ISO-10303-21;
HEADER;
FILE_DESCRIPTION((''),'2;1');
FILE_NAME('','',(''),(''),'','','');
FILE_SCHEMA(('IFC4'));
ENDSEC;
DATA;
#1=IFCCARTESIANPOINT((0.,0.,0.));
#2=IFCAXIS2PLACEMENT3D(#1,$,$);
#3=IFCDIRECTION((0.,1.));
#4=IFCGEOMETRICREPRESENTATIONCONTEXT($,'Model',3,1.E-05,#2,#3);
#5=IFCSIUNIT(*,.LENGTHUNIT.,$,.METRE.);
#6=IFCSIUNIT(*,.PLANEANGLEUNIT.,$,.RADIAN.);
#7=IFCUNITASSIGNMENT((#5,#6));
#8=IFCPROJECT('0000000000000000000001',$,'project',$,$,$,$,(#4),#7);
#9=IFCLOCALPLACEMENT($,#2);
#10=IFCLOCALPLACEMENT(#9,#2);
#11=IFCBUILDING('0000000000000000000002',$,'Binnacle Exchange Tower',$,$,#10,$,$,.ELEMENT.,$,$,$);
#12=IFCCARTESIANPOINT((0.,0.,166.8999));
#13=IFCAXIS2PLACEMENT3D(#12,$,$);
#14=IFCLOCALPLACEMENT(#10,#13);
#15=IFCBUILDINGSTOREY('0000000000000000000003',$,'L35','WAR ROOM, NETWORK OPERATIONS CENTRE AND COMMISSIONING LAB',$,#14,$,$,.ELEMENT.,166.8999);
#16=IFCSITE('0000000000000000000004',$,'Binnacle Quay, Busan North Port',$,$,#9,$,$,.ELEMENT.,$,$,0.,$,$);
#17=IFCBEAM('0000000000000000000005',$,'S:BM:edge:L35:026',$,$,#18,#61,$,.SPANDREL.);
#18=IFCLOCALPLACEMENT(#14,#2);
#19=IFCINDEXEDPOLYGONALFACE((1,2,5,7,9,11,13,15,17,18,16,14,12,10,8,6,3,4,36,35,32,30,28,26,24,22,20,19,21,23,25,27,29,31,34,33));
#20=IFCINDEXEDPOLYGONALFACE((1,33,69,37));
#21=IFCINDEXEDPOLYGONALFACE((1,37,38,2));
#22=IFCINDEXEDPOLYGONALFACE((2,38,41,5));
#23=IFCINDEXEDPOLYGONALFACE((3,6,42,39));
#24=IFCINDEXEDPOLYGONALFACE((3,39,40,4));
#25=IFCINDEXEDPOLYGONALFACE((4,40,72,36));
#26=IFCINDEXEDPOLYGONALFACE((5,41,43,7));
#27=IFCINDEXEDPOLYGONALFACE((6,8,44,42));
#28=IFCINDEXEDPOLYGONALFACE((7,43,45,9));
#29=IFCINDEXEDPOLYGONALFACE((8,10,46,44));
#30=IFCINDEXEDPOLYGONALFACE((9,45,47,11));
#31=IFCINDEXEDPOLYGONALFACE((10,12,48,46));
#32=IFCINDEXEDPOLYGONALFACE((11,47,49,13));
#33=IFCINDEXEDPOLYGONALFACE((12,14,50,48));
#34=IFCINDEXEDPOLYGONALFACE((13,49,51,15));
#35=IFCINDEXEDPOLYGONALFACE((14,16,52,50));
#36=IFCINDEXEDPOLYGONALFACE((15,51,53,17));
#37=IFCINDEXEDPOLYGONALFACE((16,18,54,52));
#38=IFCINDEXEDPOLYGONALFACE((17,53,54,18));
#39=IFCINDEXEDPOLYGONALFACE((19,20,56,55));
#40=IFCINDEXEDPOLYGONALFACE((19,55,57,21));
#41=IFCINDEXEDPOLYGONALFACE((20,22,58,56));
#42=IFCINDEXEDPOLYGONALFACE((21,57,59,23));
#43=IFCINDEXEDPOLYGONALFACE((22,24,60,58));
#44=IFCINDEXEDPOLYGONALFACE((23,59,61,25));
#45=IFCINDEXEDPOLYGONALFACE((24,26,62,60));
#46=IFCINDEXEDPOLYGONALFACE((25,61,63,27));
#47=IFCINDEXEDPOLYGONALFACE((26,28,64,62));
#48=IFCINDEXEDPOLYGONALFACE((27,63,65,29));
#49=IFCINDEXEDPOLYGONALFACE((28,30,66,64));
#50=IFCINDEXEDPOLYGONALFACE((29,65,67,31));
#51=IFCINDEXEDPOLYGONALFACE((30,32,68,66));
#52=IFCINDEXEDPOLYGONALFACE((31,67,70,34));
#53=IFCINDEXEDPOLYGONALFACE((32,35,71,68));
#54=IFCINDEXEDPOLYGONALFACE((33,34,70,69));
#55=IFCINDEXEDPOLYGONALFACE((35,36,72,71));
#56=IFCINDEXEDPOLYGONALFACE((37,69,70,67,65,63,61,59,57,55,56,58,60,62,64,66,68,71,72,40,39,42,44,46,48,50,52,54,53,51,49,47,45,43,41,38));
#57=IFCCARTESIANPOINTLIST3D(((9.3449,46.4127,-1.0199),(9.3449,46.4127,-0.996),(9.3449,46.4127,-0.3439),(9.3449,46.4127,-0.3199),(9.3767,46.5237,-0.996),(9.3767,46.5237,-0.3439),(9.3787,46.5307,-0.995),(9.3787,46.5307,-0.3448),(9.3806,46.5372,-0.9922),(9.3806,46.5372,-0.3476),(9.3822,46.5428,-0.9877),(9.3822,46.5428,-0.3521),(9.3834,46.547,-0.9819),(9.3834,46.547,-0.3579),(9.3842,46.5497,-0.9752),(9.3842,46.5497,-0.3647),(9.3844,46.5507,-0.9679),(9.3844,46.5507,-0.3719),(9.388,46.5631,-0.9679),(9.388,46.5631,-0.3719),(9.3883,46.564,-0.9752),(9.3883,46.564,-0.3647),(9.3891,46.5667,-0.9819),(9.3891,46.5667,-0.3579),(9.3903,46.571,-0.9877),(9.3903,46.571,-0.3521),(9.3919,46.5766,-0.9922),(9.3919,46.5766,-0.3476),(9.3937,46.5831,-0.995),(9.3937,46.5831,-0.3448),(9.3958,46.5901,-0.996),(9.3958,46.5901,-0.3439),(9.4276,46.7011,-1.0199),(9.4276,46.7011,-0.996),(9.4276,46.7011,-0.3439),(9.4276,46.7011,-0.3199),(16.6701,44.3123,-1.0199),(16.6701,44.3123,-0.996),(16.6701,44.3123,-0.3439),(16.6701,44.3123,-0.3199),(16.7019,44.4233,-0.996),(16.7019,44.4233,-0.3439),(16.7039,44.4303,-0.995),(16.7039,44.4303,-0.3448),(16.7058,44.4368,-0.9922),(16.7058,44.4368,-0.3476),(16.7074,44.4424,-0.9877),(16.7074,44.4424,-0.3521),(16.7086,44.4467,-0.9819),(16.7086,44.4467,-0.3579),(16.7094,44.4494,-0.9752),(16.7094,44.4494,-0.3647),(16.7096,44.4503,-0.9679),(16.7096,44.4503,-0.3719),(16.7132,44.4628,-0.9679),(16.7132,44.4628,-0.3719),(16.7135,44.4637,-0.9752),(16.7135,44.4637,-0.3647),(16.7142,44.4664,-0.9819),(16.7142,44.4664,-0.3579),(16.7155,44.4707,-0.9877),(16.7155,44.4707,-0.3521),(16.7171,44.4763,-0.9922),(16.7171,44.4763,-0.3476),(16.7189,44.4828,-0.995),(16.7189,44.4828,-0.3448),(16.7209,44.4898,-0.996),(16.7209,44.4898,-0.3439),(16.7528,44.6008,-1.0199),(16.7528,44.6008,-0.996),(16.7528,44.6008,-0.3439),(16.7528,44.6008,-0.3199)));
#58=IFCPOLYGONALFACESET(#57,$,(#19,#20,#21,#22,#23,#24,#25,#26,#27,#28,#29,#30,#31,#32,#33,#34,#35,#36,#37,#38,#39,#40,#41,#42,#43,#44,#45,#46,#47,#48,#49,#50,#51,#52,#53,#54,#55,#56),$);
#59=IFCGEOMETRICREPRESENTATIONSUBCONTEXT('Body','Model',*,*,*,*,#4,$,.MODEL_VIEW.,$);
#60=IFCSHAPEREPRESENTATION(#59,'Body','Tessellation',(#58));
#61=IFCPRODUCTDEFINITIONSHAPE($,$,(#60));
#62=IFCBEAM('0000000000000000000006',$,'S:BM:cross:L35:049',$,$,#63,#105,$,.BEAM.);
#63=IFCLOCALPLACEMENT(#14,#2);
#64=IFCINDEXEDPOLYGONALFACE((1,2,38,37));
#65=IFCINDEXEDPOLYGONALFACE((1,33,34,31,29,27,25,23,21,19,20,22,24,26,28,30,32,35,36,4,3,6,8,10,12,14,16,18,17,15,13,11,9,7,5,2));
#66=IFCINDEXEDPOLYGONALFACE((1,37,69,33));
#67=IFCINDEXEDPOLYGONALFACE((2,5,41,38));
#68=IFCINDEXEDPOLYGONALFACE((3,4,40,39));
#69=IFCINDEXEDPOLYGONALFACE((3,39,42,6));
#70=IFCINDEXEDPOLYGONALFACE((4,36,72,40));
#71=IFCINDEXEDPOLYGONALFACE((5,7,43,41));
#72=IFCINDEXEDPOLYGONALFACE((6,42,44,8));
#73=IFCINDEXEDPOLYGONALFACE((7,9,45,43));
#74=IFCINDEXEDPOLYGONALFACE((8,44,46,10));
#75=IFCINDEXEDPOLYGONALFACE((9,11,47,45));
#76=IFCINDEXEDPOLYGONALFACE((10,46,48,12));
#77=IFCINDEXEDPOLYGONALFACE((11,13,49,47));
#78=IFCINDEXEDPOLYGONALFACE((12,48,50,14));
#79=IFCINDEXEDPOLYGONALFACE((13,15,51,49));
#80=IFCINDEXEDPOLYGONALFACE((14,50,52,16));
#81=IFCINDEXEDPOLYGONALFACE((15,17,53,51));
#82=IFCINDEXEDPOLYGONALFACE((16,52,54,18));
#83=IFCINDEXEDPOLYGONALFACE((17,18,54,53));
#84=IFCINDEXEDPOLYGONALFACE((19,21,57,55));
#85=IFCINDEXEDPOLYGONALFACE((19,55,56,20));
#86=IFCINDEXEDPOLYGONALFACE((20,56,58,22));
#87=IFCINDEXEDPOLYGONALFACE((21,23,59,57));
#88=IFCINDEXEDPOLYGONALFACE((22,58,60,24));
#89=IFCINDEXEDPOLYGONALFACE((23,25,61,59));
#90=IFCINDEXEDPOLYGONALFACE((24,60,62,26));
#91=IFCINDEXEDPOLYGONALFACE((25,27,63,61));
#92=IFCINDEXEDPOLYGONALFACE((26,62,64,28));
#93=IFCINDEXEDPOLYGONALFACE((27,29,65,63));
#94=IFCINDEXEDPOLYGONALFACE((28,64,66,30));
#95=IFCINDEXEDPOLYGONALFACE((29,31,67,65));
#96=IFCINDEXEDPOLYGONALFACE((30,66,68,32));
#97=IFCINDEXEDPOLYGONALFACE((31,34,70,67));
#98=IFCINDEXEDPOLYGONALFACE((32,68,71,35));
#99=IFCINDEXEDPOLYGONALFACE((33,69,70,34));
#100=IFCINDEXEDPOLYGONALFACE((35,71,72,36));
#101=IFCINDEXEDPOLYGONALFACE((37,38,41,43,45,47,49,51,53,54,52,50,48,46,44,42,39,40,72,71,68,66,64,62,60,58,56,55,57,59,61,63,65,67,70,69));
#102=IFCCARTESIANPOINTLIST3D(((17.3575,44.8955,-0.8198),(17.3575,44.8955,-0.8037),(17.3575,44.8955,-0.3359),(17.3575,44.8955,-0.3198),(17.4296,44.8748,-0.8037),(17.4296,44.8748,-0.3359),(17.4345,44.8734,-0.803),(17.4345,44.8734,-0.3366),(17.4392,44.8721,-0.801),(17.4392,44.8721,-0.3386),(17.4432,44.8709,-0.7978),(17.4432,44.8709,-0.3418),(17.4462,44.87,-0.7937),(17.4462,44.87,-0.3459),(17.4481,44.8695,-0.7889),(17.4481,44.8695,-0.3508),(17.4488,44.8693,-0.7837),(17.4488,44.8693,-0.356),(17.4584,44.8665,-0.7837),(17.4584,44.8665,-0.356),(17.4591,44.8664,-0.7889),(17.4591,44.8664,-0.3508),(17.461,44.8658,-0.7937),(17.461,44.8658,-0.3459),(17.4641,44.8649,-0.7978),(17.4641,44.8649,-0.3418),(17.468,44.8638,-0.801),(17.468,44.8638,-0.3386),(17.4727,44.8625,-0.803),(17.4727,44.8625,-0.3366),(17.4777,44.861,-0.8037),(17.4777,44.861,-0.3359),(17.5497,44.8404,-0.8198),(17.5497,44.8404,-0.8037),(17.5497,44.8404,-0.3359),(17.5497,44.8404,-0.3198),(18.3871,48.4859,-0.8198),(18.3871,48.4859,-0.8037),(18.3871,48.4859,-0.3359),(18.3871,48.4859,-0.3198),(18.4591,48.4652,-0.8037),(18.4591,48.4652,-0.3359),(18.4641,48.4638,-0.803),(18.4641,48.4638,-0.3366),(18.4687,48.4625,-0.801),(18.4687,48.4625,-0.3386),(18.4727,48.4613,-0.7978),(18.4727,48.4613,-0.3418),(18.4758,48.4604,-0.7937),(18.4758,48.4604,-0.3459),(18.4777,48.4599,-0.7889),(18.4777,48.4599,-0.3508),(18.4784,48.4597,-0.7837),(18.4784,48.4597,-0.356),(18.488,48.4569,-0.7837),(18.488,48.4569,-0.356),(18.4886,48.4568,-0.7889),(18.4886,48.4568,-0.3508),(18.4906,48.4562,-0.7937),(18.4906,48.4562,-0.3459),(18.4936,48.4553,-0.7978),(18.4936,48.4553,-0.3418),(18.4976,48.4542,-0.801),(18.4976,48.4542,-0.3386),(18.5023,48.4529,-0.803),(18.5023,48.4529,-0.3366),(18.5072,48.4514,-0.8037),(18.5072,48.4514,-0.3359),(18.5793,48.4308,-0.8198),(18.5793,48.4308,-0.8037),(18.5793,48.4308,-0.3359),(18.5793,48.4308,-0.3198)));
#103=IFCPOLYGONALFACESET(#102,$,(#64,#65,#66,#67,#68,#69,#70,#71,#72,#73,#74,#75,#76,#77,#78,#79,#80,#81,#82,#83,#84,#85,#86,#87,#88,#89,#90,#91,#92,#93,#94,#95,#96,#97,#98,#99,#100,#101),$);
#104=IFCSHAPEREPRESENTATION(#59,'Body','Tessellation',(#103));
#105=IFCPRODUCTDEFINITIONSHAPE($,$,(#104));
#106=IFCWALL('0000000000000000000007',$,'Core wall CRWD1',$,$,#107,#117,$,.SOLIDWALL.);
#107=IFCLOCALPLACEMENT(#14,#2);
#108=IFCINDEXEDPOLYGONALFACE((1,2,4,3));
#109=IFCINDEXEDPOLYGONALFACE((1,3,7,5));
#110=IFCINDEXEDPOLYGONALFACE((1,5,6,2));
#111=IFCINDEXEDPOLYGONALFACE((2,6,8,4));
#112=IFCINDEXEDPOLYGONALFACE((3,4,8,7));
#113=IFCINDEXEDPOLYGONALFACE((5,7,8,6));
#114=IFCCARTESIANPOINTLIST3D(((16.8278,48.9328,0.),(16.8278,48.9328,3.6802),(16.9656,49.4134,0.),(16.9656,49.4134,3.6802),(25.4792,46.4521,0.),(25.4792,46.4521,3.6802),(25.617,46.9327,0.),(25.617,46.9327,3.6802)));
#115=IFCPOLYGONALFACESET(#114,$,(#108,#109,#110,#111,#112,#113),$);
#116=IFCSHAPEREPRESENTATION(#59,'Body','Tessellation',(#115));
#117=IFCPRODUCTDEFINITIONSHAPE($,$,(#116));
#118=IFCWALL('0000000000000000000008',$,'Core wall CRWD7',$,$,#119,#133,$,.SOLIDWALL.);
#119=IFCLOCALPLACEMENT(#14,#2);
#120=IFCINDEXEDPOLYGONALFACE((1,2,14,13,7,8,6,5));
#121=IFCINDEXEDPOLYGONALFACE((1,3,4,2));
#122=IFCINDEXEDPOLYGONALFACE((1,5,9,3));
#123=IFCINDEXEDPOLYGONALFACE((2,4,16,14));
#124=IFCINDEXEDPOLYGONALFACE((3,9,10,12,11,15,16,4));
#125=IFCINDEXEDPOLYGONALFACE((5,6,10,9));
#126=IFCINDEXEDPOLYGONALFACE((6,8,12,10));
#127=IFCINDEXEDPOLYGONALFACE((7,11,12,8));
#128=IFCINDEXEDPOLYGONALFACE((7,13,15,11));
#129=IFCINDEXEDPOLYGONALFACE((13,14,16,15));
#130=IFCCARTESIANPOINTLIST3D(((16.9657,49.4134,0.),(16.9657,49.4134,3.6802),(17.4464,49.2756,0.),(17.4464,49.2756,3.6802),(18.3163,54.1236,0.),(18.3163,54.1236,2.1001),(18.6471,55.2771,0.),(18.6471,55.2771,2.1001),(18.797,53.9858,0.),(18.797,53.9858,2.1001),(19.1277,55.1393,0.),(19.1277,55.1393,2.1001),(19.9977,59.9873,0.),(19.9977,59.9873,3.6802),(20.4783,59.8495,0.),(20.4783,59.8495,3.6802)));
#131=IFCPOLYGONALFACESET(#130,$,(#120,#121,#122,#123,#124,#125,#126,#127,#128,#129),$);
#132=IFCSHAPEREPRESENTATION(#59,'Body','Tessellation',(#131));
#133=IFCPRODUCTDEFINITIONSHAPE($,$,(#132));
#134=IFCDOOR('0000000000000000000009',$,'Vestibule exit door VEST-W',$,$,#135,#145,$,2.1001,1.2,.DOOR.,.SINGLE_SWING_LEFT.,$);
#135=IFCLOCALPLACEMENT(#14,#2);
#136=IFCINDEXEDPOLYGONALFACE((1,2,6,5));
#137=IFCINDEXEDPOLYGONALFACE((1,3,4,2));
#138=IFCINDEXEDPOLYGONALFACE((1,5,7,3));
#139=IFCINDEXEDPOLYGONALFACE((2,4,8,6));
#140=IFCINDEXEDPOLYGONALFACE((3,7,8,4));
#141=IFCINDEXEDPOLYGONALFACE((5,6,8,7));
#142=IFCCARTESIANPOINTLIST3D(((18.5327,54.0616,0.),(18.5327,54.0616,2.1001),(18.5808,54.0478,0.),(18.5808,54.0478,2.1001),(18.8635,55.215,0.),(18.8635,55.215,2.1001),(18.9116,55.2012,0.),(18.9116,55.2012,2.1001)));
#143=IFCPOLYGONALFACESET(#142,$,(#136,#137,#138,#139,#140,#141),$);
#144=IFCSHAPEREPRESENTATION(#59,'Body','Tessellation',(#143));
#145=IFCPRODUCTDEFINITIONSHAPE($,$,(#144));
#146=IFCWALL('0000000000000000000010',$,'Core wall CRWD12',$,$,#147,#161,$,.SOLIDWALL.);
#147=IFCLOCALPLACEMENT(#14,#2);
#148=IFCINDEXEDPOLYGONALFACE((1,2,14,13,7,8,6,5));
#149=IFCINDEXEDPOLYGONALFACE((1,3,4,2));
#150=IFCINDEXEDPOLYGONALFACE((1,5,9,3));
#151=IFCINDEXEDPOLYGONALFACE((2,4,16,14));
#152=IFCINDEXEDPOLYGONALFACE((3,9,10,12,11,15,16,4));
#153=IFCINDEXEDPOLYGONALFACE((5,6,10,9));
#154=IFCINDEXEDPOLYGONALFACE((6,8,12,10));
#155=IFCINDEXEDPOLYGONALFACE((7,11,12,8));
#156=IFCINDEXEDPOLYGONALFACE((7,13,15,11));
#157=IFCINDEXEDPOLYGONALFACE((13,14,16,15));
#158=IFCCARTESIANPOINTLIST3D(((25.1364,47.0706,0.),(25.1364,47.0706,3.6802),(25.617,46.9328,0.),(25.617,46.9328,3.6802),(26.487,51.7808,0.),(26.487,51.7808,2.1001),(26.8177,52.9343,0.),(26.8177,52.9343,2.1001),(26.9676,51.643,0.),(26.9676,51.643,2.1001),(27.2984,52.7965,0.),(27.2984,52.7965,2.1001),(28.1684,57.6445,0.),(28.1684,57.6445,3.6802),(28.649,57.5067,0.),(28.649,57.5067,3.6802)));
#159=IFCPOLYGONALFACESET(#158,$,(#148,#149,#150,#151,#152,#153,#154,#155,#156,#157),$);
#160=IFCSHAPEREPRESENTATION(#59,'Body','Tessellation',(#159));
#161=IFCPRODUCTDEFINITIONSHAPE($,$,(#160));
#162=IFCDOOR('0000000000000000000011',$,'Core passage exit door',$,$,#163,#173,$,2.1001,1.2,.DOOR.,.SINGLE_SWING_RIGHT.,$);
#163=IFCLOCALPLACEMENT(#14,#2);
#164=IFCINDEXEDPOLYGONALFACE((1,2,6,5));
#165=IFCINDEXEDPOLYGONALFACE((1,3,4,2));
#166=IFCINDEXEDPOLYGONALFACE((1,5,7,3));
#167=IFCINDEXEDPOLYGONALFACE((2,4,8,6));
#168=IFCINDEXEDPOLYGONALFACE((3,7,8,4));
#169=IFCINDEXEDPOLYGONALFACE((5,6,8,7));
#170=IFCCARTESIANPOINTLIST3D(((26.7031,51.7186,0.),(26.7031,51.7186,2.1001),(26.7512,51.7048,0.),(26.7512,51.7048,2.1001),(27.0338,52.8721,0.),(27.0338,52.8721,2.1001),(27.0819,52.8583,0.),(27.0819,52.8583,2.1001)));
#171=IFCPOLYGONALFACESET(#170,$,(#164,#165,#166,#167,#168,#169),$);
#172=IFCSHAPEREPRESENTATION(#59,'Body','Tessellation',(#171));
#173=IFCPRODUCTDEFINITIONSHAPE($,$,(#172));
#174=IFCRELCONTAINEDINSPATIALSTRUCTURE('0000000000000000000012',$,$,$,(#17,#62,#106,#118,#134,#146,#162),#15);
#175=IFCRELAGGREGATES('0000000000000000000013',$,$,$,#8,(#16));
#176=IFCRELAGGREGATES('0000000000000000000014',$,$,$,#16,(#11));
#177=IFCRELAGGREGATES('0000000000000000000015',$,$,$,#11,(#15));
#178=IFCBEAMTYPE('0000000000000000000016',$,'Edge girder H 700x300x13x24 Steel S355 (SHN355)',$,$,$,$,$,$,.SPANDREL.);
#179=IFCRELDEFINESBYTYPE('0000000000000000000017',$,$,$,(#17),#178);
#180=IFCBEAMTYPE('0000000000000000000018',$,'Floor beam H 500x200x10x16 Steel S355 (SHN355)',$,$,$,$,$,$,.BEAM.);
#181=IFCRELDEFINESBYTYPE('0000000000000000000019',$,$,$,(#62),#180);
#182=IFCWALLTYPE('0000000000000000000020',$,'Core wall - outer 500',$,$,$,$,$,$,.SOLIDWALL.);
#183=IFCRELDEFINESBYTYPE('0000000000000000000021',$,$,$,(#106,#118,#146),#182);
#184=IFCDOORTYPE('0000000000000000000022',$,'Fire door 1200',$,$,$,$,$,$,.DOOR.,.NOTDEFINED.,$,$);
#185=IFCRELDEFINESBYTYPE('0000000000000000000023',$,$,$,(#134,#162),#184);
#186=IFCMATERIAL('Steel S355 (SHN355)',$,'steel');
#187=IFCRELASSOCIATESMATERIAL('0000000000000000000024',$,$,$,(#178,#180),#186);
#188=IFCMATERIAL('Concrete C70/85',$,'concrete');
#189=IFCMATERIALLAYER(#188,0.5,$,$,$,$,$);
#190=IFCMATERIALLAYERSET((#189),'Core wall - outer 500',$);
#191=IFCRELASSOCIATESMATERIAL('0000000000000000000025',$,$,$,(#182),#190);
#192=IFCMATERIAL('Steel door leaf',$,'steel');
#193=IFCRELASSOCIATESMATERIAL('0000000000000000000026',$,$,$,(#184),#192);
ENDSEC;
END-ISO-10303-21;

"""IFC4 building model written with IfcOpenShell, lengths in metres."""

from ifc_helpers import new_model, si_unit, direction, frame, frame_2d, origin, origin_2d, place, context, subcontext, project, spatial, rectangle, i_section, extrude, material, layer, layer_set, material_profile, profile_set, type_object, element, fill, save


model = new_model("IFC4")

# Units and contexts
model_context = context("Model", 3, precision=1e-05, world=origin(), true_north=direction((0.0, 1.0)))
body_context = subcontext(model_context, "Body", "Model", "MODEL_VIEW")
ifc_project = project(units=[si_unit("LENGTHUNIT", "METRE"), si_unit("PLANEANGLEUNIT", "RADIAN")], contexts=[model_context])

# Site, building, storey
site_placement = place(None, origin())
site = spatial("IfcSite", under=ifc_project, at=site_placement, Name="Binnacle Quay, Busan North Port", CompositionType="ELEMENT", RefElevation=0.0)
building_placement = place(site_placement, origin())
building = spatial("IfcBuilding", under=site, at=building_placement, Name="Binnacle Exchange Tower", CompositionType="ELEMENT")
storey_placement = place(building_placement, frame((0.0, 0.0, 166.8999)))
storey = spatial("IfcBuildingStorey", under=building, at=storey_placement, Name="L35", Description="WAR ROOM, NETWORK OPERATIONS CENTRE AND COMMISSIONING LAB", CompositionType="ELEMENT", Elevation=166.8999)

# Beams
ifc_material_1 = material(Name="Steel S355 (SHN355)", Category="steel")
ifc_material_profile_1 = material_profile(ifc_material_1, i_section(OverallWidth=0.3, OverallDepth=0.7, WebThickness=0.0129, FlangeThickness=0.0239, FilletRadius=0.0281, at=origin_2d()), Name="H 700x300x13x24")
ifc_profile_set_1 = profile_set([ifc_material_profile_1], Name="Steel S355 (SHN355)")
beam_type_1 = type_object("IfcBeamType", Name="Edge girder H 700x300x13x24 Steel S355 (SHN355)", PredefinedType="SPANDREL", material=ifc_profile_set_1)
beam_1_placement = place(storey_placement, frame((9.3862, 46.5569, -0.6699), z_axis=(0.961266, -0.275622, 0.0), x_axis=(0.275622, 0.961266, 0.0)))
element("IfcBeam", 1, at=beam_1_placement, inside=storey, type_object=beam_type_1, Name="S:BM:edge:L35:026", PredefinedType="SPANDREL", context=body_context, shape_type="SweptSolid", body=[
    extrude(i_section(OverallWidth=0.3, OverallDepth=0.7, WebThickness=0.0129, FlangeThickness=0.0239, FilletRadius=0.0281, at=origin_2d()), origin(), (0.0, 0.0, 1.0), 7.6204),
])
ifc_material_profile_2 = material_profile(ifc_material_1, i_section(OverallWidth=0.2, OverallDepth=0.5, WebThickness=0.01, FlangeThickness=0.0161, FilletRadius=0.02, at=origin_2d()), Name="H 500x200x10x16")
ifc_profile_set_2 = profile_set([ifc_material_profile_2], Name="Steel S355 (SHN355)")
beam_type_2 = type_object("IfcBeamType", Name="Floor beam H 500x200x10x16 Steel S355 (SHN355)", PredefinedType="BEAM", material=ifc_profile_set_2)
beam_2_placement = place(storey_placement, frame((17.4536, 44.8679, -0.5698), z_axis=(0.275645, 0.96126, 0.0), x_axis=(-0.96126, 0.275645, 0.0)))
element("IfcBeam", 2, at=beam_2_placement, inside=storey, type_object=beam_type_2, Name="S:BM:cross:L35:049", PredefinedType="BEAM", context=body_context, shape_type="SweptSolid", body=[
    extrude(i_section(OverallWidth=0.2, OverallDepth=0.5, WebThickness=0.01, FlangeThickness=0.0161, FilletRadius=0.02, at=origin_2d()), origin(), (0.0, 0.0, 1.0), 3.7351),
])

# Wall
ifc_material_2 = material(Name="Concrete C70/85", Category="concrete")
ifc_layer_1 = layer(ifc_material_2, 0.5)
ifc_layer_set_1 = layer_set([ifc_layer_1], Name="Core wall - outer 500")
wall_type_1 = type_object("IfcWallType", Name="Core wall - outer 500", PredefinedType="SOLIDWALL", material=ifc_layer_set_1)
wall_1_placement = place(storey_placement, frame((16.8967, 49.1731, 0.0), z_axis=(0.0, 0.0, 1.0), x_axis=(0.961262, -0.275635, 0.0)))
element("IfcWall", 3, at=wall_1_placement, inside=storey, type_object=wall_type_1, Name="Core wall CRWD1", PredefinedType="SOLIDWALL", context=body_context, shape_type="SweptSolid", body=[
    extrude(rectangle(XDim=9.0, YDim=0.5, at=frame_2d((4.5, 0.0))), origin(), (0.0, 0.0, 1.0), 3.6802),
])

# Walls, openings, doors
wall_2_placement = place(storey_placement, frame((17.2061, 49.3445, 0.0), z_axis=(0.0, 0.0, 1.0), x_axis=(0.275633, 0.961263, 0.0)))
wall_2 = element("IfcWall", 4, at=wall_2_placement, inside=storey, type_object=wall_type_1, Name="Core wall CRWD7", PredefinedType="SOLIDWALL", context=body_context, shape_type="SweptSolid", body=[
    extrude(rectangle(XDim=11.0, YDim=0.5, at=frame_2d((5.5, 0.0))), origin(), (0.0, 0.0, 1.0), 3.6802),
])
opening_1_placement = place(wall_2_placement, frame((4.8999, 0.0, 0.0)))
opening_1 = element("IfcOpeningElement", 5, at=opening_1_placement, cuts=wall_2, PredefinedType="OPENING", context=body_context, shape_type="SweptSolid", body=[
    extrude(rectangle(XDim=1.2, YDim=2.1001, at=frame_2d((0.6001, 1.05))), frame((0.0, 0.26, 0.0), z_axis=(0.0, -1.0, 0.0), x_axis=(1.0, 0.0, 0.0)), (0.0, 0.0, 1.0), 0.52),
])
ifc_material_3 = material(Name="Steel door leaf", Category="steel")
door_type_1 = type_object("IfcDoorType", Name="Fire door 1200", OperationType="NOTDEFINED", PredefinedType="DOOR", material=ifc_material_3)
door_1_placement = place(opening_1_placement, origin())
door_1 = element("IfcDoor", 6, at=door_1_placement, inside=storey, type_object=door_type_1, Name="Vestibule exit door VEST-W", OperationType="SINGLE_SWING_LEFT", OverallHeight=2.1001, OverallWidth=1.2, PredefinedType="DOOR", context=body_context, shape_type="SweptSolid", body=[
    extrude(rectangle(XDim=1.2, YDim=2.1001, at=frame_2d((0.6001, 1.05))), frame((0.0, 0.0249, 0.0), z_axis=(0.0, -1.0, 0.0), x_axis=(1.0, 0.0, 0.0)), (0.0, 0.0, 1.0), 0.05),
])
fill(opening_1, door_1)
wall_3_placement = place(storey_placement, frame((25.3767, 47.0017, 0.0), z_axis=(0.0, 0.0, 1.0), x_axis=(0.275633, 0.961263, 0.0)))
wall_3 = element("IfcWall", 7, at=wall_3_placement, inside=storey, type_object=wall_type_1, Name="Core wall CRWD12", PredefinedType="SOLIDWALL", context=body_context, shape_type="SweptSolid", body=[
    extrude(rectangle(XDim=11.0, YDim=0.5, at=frame_2d((5.5, 0.0))), origin(), (0.0, 0.0, 1.0), 3.6802),
])
opening_2_placement = place(wall_3_placement, frame((4.8999, 0.0, 0.0)))
opening_2 = element("IfcOpeningElement", 8, at=opening_2_placement, cuts=wall_3, PredefinedType="OPENING", context=body_context, shape_type="SweptSolid", body=[
    extrude(rectangle(XDim=1.2, YDim=2.1001, at=frame_2d((0.6001, 1.05))), frame((0.0, 0.26, 0.0), z_axis=(0.0, -1.0, 0.0), x_axis=(1.0, 0.0, 0.0)), (0.0, 0.0, 1.0), 0.52),
])
door_2_placement = place(opening_2_placement, frame((1.2, 0.0, 0.0), z_axis=(0.0, 0.0, 1.0), x_axis=(-1.0, 0.0, 0.0)))
door_2 = element("IfcDoor", 9, at=door_2_placement, inside=storey, type_object=door_type_1, Name="Core passage exit door", OperationType="SINGLE_SWING_RIGHT", OverallHeight=2.1001, OverallWidth=1.2, PredefinedType="DOOR", context=body_context, shape_type="SweptSolid", body=[
    extrude(rectangle(XDim=1.2, YDim=2.1001, at=frame_2d((0.6001, 1.05))), frame((0.0, 0.0249, 0.0), z_axis=(0.0, -1.0, 0.0), x_axis=(1.0, 0.0, 0.0)), (0.0, 0.0, 1.0), 0.05),
])
fill(opening_2, door_2)

save(model, "model.ifc")
